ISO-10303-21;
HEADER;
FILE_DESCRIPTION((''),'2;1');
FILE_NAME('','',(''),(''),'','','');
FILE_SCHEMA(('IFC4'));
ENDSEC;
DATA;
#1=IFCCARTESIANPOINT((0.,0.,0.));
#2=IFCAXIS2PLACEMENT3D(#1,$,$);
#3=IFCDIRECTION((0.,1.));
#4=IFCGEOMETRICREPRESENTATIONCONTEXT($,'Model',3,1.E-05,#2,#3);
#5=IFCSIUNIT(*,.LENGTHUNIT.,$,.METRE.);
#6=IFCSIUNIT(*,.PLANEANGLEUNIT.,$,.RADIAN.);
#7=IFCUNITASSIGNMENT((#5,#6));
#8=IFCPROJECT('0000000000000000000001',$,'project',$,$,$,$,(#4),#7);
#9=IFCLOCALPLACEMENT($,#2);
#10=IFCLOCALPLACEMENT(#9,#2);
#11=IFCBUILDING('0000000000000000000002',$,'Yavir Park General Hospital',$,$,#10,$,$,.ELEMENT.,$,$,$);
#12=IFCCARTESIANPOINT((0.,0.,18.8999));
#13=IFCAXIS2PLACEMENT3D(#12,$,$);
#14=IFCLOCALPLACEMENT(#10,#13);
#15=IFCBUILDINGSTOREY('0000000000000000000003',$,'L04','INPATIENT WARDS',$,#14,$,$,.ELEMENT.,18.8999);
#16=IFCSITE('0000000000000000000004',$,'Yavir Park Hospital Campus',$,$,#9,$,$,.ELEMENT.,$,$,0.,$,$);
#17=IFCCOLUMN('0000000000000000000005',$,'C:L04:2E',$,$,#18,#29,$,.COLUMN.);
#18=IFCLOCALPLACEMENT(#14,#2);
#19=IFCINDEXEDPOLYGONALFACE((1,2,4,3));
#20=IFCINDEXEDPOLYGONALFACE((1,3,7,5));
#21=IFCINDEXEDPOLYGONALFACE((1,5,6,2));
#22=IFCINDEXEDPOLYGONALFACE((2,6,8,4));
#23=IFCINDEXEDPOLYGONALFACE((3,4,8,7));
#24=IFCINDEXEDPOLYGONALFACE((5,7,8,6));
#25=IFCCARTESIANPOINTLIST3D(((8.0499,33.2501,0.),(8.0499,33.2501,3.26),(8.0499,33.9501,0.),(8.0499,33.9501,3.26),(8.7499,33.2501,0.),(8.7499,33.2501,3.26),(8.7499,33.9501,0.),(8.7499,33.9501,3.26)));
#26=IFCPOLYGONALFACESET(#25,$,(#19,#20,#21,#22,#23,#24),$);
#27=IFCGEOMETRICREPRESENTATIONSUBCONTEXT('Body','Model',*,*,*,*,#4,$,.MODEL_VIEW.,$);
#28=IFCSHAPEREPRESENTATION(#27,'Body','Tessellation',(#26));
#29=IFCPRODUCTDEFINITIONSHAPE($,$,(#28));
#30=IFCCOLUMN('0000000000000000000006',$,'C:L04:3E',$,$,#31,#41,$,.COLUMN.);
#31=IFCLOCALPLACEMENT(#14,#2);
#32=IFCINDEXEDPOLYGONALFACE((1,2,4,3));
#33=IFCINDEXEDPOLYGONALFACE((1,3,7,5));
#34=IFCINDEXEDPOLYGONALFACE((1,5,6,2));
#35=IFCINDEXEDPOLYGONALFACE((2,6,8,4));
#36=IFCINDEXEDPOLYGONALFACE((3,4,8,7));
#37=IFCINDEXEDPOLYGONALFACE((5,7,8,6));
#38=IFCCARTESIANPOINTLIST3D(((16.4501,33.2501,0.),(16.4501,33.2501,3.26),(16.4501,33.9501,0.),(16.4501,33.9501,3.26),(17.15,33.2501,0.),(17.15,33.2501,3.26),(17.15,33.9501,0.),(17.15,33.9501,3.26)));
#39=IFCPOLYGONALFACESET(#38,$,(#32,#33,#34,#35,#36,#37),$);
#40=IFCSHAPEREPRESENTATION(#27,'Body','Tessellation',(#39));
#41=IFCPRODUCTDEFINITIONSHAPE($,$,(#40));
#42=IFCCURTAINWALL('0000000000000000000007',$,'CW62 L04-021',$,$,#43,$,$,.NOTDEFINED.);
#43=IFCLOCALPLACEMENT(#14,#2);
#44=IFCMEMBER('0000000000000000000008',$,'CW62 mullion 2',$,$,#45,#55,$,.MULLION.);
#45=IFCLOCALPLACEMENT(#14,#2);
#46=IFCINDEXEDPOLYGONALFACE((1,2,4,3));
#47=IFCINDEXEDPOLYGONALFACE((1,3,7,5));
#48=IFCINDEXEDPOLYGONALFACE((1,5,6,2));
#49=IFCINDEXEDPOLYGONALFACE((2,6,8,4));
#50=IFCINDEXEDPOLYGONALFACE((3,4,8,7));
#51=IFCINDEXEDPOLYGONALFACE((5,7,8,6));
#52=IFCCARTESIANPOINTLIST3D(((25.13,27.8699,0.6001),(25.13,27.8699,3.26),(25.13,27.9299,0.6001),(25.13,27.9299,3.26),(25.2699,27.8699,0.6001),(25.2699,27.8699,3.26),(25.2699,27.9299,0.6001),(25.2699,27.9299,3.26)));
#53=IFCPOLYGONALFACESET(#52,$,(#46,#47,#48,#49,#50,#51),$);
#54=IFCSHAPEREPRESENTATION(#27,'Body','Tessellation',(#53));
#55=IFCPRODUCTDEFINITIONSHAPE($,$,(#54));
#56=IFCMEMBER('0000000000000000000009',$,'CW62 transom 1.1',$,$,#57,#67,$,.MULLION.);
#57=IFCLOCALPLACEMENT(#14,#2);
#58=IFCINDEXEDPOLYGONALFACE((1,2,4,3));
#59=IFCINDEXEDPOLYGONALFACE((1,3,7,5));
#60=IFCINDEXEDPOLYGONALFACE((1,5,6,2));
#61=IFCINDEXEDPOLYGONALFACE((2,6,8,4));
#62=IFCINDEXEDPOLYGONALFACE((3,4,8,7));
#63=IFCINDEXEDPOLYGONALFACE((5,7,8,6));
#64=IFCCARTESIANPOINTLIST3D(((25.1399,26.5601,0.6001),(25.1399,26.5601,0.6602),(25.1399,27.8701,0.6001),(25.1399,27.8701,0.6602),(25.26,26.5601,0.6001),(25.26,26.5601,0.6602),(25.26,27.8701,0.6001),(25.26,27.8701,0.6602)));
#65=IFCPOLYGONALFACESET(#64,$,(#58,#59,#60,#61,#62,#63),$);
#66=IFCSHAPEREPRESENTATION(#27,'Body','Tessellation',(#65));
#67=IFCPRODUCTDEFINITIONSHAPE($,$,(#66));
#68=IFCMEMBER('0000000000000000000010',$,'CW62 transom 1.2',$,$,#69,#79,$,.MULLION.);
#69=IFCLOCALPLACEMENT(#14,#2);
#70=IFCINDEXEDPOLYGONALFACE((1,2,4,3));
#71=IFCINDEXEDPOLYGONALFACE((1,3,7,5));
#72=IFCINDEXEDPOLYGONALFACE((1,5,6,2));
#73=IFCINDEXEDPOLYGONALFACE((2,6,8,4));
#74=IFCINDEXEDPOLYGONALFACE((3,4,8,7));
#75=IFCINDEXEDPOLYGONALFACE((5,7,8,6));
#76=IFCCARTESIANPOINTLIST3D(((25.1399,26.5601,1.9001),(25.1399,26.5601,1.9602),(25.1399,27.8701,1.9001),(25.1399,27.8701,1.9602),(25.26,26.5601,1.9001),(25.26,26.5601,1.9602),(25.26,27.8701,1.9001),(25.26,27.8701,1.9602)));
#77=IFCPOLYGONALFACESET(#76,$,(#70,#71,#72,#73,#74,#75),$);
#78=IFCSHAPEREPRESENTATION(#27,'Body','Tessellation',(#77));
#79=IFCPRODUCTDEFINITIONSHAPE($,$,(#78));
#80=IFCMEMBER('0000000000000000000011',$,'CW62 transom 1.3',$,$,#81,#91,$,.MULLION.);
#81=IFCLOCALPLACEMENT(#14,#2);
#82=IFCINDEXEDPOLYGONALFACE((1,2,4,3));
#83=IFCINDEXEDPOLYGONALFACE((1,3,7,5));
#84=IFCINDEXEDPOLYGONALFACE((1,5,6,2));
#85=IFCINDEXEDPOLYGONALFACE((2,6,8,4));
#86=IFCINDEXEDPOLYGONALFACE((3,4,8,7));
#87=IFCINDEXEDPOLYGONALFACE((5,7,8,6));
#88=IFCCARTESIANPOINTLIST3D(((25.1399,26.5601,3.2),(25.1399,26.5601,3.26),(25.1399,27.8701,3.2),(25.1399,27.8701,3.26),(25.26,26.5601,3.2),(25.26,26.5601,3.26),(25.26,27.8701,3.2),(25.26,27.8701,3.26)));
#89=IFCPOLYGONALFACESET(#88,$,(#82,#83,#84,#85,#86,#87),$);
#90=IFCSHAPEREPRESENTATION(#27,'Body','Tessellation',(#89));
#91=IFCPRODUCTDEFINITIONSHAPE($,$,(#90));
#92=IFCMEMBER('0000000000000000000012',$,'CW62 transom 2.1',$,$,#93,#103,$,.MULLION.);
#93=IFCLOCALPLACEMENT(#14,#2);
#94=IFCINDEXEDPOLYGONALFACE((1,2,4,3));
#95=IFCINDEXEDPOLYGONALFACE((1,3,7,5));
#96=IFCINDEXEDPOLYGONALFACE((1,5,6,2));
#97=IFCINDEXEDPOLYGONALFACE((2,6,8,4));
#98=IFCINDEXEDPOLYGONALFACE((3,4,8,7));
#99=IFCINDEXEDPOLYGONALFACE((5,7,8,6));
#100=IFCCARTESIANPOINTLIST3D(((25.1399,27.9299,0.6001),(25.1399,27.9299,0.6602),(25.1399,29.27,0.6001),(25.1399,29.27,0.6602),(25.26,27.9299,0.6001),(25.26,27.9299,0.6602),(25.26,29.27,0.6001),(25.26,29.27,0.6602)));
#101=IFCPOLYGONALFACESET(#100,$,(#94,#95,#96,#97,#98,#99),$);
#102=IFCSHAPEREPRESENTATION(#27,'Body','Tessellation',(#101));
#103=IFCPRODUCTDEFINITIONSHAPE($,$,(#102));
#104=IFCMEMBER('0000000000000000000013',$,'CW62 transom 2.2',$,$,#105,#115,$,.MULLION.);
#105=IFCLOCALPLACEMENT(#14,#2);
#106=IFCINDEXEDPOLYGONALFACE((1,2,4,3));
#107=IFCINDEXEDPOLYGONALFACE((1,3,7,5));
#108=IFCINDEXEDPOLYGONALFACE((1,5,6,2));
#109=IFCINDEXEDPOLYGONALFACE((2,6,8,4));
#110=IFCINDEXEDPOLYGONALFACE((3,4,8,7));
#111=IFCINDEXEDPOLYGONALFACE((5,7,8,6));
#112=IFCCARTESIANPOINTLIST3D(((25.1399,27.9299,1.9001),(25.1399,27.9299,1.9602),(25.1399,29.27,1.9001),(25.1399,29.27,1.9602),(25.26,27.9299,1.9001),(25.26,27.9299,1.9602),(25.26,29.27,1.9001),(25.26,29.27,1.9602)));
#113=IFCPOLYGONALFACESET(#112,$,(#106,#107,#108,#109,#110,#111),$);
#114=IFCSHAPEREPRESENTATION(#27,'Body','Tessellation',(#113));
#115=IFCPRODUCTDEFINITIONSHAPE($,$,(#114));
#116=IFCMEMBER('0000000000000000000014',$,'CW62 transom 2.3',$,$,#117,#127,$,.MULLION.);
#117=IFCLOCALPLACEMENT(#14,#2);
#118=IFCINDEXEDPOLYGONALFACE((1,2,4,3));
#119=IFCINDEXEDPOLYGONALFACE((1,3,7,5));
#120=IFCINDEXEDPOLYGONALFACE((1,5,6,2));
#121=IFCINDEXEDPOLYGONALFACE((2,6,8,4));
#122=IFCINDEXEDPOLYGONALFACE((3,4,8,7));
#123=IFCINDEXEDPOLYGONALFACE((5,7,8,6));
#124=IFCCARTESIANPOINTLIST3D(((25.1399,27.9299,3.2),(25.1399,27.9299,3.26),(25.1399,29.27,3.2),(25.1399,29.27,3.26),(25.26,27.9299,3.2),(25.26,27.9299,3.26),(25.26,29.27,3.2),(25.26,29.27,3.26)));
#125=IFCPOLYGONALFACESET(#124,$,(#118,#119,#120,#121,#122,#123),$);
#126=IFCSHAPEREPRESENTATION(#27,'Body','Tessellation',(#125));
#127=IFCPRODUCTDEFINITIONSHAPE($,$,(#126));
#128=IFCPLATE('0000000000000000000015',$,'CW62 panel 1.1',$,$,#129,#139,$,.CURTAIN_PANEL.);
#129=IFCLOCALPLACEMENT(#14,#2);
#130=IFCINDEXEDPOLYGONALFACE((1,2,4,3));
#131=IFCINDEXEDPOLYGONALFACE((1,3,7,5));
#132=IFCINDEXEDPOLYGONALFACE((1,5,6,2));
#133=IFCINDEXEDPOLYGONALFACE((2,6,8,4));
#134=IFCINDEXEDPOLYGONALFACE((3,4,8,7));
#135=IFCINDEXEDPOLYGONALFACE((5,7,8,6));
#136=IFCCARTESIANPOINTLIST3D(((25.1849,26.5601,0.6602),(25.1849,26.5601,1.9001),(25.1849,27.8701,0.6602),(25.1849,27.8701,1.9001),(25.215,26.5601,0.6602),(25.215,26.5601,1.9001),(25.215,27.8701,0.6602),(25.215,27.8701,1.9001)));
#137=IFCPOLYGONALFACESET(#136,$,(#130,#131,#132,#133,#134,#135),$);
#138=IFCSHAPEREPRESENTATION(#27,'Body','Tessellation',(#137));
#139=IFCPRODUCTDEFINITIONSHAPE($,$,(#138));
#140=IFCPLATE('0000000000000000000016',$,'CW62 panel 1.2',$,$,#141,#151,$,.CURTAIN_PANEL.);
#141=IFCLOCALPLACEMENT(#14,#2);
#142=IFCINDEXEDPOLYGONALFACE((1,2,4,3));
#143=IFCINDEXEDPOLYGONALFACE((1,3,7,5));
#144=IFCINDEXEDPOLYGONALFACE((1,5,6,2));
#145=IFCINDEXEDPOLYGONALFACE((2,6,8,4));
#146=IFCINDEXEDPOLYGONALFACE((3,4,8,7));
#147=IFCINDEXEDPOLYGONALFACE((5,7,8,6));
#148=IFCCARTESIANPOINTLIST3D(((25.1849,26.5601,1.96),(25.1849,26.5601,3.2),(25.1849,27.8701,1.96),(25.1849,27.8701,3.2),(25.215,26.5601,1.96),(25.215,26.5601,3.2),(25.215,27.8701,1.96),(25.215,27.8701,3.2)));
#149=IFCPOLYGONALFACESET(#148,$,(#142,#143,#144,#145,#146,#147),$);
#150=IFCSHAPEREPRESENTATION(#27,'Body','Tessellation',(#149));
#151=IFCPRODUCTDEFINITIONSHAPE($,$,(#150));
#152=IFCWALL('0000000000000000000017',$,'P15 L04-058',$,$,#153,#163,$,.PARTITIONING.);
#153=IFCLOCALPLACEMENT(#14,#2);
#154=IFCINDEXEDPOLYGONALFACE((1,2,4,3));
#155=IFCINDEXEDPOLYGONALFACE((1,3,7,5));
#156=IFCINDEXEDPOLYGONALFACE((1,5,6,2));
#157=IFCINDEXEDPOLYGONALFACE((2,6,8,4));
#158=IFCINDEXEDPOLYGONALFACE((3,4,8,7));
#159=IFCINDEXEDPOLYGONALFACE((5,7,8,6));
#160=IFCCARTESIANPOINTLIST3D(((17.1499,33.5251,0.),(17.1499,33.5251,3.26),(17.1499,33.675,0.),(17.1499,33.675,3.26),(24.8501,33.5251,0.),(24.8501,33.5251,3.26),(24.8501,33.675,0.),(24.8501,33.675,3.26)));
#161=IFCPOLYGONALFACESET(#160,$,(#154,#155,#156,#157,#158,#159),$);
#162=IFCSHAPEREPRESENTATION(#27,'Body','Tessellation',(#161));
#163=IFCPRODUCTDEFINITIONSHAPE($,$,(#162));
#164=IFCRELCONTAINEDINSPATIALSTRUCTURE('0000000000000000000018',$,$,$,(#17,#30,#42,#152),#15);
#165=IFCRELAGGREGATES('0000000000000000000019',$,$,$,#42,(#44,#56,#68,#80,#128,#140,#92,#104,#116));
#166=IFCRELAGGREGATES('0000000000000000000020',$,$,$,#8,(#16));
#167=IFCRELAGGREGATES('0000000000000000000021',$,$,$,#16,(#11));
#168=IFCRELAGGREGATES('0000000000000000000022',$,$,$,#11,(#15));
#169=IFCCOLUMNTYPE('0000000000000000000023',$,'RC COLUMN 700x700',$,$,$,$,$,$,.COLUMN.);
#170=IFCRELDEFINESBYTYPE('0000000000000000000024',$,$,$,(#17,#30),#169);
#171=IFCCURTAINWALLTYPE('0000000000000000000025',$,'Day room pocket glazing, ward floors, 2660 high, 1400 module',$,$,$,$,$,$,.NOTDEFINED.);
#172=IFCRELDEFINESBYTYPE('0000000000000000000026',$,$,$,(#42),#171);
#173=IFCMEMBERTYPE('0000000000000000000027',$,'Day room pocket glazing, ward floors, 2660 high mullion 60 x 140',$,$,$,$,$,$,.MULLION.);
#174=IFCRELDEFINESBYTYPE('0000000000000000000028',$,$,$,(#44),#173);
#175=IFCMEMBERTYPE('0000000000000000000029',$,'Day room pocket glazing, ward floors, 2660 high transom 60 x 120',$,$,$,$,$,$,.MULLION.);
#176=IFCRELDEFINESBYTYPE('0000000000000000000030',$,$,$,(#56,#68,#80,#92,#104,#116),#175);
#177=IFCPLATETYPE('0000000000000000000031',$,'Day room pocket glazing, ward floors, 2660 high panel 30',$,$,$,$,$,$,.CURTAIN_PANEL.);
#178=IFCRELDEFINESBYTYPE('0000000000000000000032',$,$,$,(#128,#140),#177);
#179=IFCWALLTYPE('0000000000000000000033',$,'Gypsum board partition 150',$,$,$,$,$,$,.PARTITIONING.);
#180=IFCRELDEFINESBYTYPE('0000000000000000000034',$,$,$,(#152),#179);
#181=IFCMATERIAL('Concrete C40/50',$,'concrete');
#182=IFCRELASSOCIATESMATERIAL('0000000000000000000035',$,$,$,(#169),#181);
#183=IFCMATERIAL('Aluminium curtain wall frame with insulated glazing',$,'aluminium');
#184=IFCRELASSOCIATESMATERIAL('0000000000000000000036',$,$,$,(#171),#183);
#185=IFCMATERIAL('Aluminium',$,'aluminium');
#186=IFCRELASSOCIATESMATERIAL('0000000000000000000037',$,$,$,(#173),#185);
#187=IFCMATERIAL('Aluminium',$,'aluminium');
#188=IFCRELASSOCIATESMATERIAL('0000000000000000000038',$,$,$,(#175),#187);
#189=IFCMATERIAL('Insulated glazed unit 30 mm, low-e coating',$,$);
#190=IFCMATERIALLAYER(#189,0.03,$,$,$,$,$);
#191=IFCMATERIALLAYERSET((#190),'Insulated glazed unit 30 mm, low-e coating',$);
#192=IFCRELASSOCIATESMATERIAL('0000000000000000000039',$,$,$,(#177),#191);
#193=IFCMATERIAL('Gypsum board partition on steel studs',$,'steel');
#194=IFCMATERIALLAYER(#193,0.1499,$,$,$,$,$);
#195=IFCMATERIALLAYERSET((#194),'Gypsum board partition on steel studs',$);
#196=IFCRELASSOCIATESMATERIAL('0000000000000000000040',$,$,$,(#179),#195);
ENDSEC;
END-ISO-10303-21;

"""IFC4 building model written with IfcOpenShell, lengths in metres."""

from ifc_helpers import new_model, si_unit, direction, frame, frame_2d, origin, origin_2d, place, context, subcontext, project, spatial, rectangle, extrude, material, layer, layer_set, material_profile, profile_set, type_object, element, aggregate, save


model = new_model("IFC4")

# Units and contexts
model_context = context("Model", 3, precision=1e-05, world=origin(), true_north=direction((0.0, 1.0)))
body_context = subcontext(model_context, "Body", "Model", "MODEL_VIEW")
ifc_project = project(units=[si_unit("LENGTHUNIT", "METRE"), si_unit("PLANEANGLEUNIT", "RADIAN")], contexts=[model_context])

# Site, building, storey
site_placement = place(None, origin())
site = spatial("IfcSite", under=ifc_project, at=site_placement, Name="Yavir Park Hospital Campus", CompositionType="ELEMENT", RefElevation=0.0)
building_placement = place(site_placement, origin())
building = spatial("IfcBuilding", under=site, at=building_placement, Name="Yavir Park General Hospital", CompositionType="ELEMENT")
storey_placement = place(building_placement, frame((0.0, 0.0, 18.8999)))
storey = spatial("IfcBuildingStorey", under=building, at=storey_placement, Name="L04", Description="INPATIENT WARDS", CompositionType="ELEMENT", Elevation=18.8999)

# Columns
ifc_material_1 = material(Name="Concrete C40/50", Category="concrete")
ifc_material_profile_1 = material_profile(ifc_material_1, rectangle(XDim=0.7, YDim=0.7, at=origin_2d()), Name="RC700x700")
ifc_profile_set_1 = profile_set([ifc_material_profile_1], Name="Concrete C40/50")
column_type = type_object("IfcColumnType", Name="RC COLUMN 700x700", PredefinedType="COLUMN", material=ifc_profile_set_1)
for number, where, z_axis, x_axis, name in (
    (1, (8.3999, 33.6001, 0.0), (0.0, 0.0, 1.0), (1.0, 0.0, 0.0), "C:L04:2E"),
    (2, (16.8, 33.6001, 0.0), (0.0, 0.0, 1.0), (1.0, 0.0, 0.0), "C:L04:3E"),
):
    element("IfcColumn", number, at=place(storey_placement, frame(where, z_axis=z_axis, x_axis=x_axis)), inside=storey, type_object=column_type, Name=name, PredefinedType="COLUMN", context=body_context, shape_type="SweptSolid", body=[
        extrude(rectangle(XDim=0.7, YDim=0.7, at=origin_2d()), origin(), (0.0, 0.0, 1.0), 3.26),
    ])

# Curtain wall, members, plates
ifc_material_2 = material(Name="Aluminium curtain wall frame with insulated glazing", Category="aluminium")
curtain_wall_type = type_object("IfcCurtainWallType", Name="Day room pocket glazing, ward floors, 2660 high, 1400 module", PredefinedType="NOTDEFINED", material=ifc_material_2)
curtain_wall_placement = place(storey_placement, origin())
curtain_wall = element("IfcCurtainWall", 3, at=curtain_wall_placement, inside=storey, type_object=curtain_wall_type, Name="CW62 L04-021", PredefinedType="NOTDEFINED")
ifc_material_3 = material(Name="Aluminium", Category="aluminium")
ifc_material_profile_2 = material_profile(ifc_material_3, rectangle(XDim=0.1399, YDim=0.0601, at=origin_2d()), Name="AL 60x140")
ifc_profile_set_2 = profile_set([ifc_material_profile_2], Name="Aluminium")
member_type_1 = type_object("IfcMemberType", Name="Day room pocket glazing, ward floors, 2660 high mullion 60 x 140", PredefinedType="MULLION", material=ifc_profile_set_2)
member_1_placement = place(storey_placement, frame((25.2, 27.8999, 0.6001), z_axis=(0.0, 0.0, 1.0), x_axis=(-1.0, 0.0, 0.0)))
member_1 = element("IfcMember", 4, at=member_1_placement, type_object=member_type_1, Name="CW62 mullion 2", PredefinedType="MULLION", context=body_context, shape_type="SweptSolid", body=[
    extrude(rectangle(XDim=0.1399, YDim=0.0601, at=origin_2d()), origin(), (0.0, 0.0, 1.0), 2.6599),
])
ifc_material_4 = material(Name="Aluminium", Category="aluminium")
ifc_material_profile_3 = material_profile(ifc_material_4, rectangle(XDim=0.1201, YDim=0.0601, at=origin_2d()), Name="AL 120x60")
ifc_profile_set_3 = profile_set([ifc_material_profile_3], Name="Aluminium")
member_type_2 = type_object("IfcMemberType", Name="Day room pocket glazing, ward floors, 2660 high transom 60 x 120", PredefinedType="MULLION", material=ifc_profile_set_3)
member_2_placement = place(storey_placement, frame((25.2, 26.5601, 0.6301), z_axis=(0.0, 1.0, 0.0), x_axis=(-1.0, 0.0, 0.0)))
member_2 = element("IfcMember", 5, at=member_2_placement, type_object=member_type_2, Name="CW62 transom 1.1", PredefinedType="MULLION", context=body_context, shape_type="SweptSolid", body=[
    extrude(rectangle(XDim=0.1201, YDim=0.0601, at=origin_2d()), origin(), (0.0, 0.0, 1.0), 1.3101),
])
member_3_placement = place(storey_placement, frame((25.2, 26.5601, 1.9302), z_axis=(0.0, 1.0, 0.0), x_axis=(-1.0, 0.0, 0.0)))
member_3 = element("IfcMember", 6, at=member_3_placement, type_object=member_type_2, Name="CW62 transom 1.2", PredefinedType="MULLION", context=body_context, shape_type="SweptSolid", body=[
    extrude(rectangle(XDim=0.1201, YDim=0.0601, at=origin_2d()), origin(), (0.0, 0.0, 1.0), 1.3101),
])
member_4_placement = place(storey_placement, frame((25.2, 26.5601, 3.23), z_axis=(0.0, 1.0, 0.0), x_axis=(-1.0, 0.0, 0.0)))
member_4 = element("IfcMember", 7, at=member_4_placement, type_object=member_type_2, Name="CW62 transom 1.3", PredefinedType="MULLION", context=body_context, shape_type="SweptSolid", body=[
    extrude(rectangle(XDim=0.1201, YDim=0.0601, at=origin_2d()), origin(), (0.0, 0.0, 1.0), 1.3101),
])
member_5_placement = place(storey_placement, frame((25.2, 27.9299, 0.6301), z_axis=(0.0, 1.0, 0.0), x_axis=(-1.0, 0.0, 0.0)))
member_5 = element("IfcMember", 8, at=member_5_placement, type_object=member_type_2, Name="CW62 transom 2.1", PredefinedType="MULLION", context=body_context, shape_type="SweptSolid", body=[
    extrude(rectangle(XDim=0.1201, YDim=0.0601, at=origin_2d()), origin(), (0.0, 0.0, 1.0), 1.3401),
])
member_6_placement = place(storey_placement, frame((25.2, 27.9299, 1.9302), z_axis=(0.0, 1.0, 0.0), x_axis=(-1.0, 0.0, 0.0)))
member_6 = element("IfcMember", 9, at=member_6_placement, type_object=member_type_2, Name="CW62 transom 2.2", PredefinedType="MULLION", context=body_context, shape_type="SweptSolid", body=[
    extrude(rectangle(XDim=0.1201, YDim=0.0601, at=origin_2d()), origin(), (0.0, 0.0, 1.0), 1.3401),
])
member_7_placement = place(storey_placement, frame((25.2, 27.9299, 3.23), z_axis=(0.0, 1.0, 0.0), x_axis=(-1.0, 0.0, 0.0)))
member_7 = element("IfcMember", 10, at=member_7_placement, type_object=member_type_2, Name="CW62 transom 2.3", PredefinedType="MULLION", context=body_context, shape_type="SweptSolid", body=[
    extrude(rectangle(XDim=0.1201, YDim=0.0601, at=origin_2d()), origin(), (0.0, 0.0, 1.0), 1.3401),
])
ifc_material_5 = material(Name="Insulated glazed unit 30 mm, low-e coating")
ifc_layer_1 = layer(ifc_material_5, 0.03)
ifc_layer_set_1 = layer_set([ifc_layer_1], Name="Insulated glazed unit 30 mm, low-e coating")
plate_type = type_object("IfcPlateType", Name="Day room pocket glazing, ward floors, 2660 high panel 30", PredefinedType="CURTAIN_PANEL", material=ifc_layer_set_1)
plate_1_placement = place(storey_placement, frame((25.2, 27.2151, 0.6602), z_axis=(0.0, 0.0, 1.0), x_axis=(0.0, 1.0, 0.0)))
plate_1 = element("IfcPlate", 11, at=plate_1_placement, type_object=plate_type, Name="CW62 panel 1.1", PredefinedType="CURTAIN_PANEL", context=body_context, shape_type="SweptSolid", body=[
    extrude(rectangle(XDim=1.3101, YDim=0.03, at=origin_2d()), origin(), (0.0, 0.0, 1.0), 1.24),
])
plate_2_placement = place(storey_placement, frame((25.2, 27.2151, 1.96), z_axis=(0.0, 0.0, 1.0), x_axis=(0.0, 1.0, 0.0)))
plate_2 = element("IfcPlate", 12, at=plate_2_placement, type_object=plate_type, Name="CW62 panel 1.2", PredefinedType="CURTAIN_PANEL", context=body_context, shape_type="SweptSolid", body=[
    extrude(rectangle(XDim=1.3101, YDim=0.03, at=origin_2d()), origin(), (0.0, 0.0, 1.0), 1.24),
])
aggregate(curtain_wall, [member_1, member_2, member_3, member_4, plate_1, plate_2, member_5, member_6, member_7])

# Wall
ifc_material_6 = material(Name="Gypsum board partition on steel studs", Category="steel")
ifc_layer_2 = layer(ifc_material_6, 0.1499)
ifc_layer_set_2 = layer_set([ifc_layer_2], Name="Gypsum board partition on steel studs")
wall_type_1 = type_object("IfcWallType", Name="Gypsum board partition 150", PredefinedType="PARTITIONING", material=ifc_layer_set_2)
wall_1_placement = place(storey_placement, frame((17.1499, 33.6001, 0.0), z_axis=(0.0, 0.0, 1.0), x_axis=(1.0, 0.0, 0.0)))
element("IfcWall", 13, at=wall_1_placement, inside=storey, type_object=wall_type_1, Name="P15 L04-058", PredefinedType="PARTITIONING", context=body_context, shape_type="SweptSolid", body=[
    extrude(rectangle(XDim=7.7002, YDim=0.1499, at=frame_2d((3.8501, 0.0))), origin(), (0.0, 0.0, 1.0), 3.26),
])

save(model, "model.ifc")
